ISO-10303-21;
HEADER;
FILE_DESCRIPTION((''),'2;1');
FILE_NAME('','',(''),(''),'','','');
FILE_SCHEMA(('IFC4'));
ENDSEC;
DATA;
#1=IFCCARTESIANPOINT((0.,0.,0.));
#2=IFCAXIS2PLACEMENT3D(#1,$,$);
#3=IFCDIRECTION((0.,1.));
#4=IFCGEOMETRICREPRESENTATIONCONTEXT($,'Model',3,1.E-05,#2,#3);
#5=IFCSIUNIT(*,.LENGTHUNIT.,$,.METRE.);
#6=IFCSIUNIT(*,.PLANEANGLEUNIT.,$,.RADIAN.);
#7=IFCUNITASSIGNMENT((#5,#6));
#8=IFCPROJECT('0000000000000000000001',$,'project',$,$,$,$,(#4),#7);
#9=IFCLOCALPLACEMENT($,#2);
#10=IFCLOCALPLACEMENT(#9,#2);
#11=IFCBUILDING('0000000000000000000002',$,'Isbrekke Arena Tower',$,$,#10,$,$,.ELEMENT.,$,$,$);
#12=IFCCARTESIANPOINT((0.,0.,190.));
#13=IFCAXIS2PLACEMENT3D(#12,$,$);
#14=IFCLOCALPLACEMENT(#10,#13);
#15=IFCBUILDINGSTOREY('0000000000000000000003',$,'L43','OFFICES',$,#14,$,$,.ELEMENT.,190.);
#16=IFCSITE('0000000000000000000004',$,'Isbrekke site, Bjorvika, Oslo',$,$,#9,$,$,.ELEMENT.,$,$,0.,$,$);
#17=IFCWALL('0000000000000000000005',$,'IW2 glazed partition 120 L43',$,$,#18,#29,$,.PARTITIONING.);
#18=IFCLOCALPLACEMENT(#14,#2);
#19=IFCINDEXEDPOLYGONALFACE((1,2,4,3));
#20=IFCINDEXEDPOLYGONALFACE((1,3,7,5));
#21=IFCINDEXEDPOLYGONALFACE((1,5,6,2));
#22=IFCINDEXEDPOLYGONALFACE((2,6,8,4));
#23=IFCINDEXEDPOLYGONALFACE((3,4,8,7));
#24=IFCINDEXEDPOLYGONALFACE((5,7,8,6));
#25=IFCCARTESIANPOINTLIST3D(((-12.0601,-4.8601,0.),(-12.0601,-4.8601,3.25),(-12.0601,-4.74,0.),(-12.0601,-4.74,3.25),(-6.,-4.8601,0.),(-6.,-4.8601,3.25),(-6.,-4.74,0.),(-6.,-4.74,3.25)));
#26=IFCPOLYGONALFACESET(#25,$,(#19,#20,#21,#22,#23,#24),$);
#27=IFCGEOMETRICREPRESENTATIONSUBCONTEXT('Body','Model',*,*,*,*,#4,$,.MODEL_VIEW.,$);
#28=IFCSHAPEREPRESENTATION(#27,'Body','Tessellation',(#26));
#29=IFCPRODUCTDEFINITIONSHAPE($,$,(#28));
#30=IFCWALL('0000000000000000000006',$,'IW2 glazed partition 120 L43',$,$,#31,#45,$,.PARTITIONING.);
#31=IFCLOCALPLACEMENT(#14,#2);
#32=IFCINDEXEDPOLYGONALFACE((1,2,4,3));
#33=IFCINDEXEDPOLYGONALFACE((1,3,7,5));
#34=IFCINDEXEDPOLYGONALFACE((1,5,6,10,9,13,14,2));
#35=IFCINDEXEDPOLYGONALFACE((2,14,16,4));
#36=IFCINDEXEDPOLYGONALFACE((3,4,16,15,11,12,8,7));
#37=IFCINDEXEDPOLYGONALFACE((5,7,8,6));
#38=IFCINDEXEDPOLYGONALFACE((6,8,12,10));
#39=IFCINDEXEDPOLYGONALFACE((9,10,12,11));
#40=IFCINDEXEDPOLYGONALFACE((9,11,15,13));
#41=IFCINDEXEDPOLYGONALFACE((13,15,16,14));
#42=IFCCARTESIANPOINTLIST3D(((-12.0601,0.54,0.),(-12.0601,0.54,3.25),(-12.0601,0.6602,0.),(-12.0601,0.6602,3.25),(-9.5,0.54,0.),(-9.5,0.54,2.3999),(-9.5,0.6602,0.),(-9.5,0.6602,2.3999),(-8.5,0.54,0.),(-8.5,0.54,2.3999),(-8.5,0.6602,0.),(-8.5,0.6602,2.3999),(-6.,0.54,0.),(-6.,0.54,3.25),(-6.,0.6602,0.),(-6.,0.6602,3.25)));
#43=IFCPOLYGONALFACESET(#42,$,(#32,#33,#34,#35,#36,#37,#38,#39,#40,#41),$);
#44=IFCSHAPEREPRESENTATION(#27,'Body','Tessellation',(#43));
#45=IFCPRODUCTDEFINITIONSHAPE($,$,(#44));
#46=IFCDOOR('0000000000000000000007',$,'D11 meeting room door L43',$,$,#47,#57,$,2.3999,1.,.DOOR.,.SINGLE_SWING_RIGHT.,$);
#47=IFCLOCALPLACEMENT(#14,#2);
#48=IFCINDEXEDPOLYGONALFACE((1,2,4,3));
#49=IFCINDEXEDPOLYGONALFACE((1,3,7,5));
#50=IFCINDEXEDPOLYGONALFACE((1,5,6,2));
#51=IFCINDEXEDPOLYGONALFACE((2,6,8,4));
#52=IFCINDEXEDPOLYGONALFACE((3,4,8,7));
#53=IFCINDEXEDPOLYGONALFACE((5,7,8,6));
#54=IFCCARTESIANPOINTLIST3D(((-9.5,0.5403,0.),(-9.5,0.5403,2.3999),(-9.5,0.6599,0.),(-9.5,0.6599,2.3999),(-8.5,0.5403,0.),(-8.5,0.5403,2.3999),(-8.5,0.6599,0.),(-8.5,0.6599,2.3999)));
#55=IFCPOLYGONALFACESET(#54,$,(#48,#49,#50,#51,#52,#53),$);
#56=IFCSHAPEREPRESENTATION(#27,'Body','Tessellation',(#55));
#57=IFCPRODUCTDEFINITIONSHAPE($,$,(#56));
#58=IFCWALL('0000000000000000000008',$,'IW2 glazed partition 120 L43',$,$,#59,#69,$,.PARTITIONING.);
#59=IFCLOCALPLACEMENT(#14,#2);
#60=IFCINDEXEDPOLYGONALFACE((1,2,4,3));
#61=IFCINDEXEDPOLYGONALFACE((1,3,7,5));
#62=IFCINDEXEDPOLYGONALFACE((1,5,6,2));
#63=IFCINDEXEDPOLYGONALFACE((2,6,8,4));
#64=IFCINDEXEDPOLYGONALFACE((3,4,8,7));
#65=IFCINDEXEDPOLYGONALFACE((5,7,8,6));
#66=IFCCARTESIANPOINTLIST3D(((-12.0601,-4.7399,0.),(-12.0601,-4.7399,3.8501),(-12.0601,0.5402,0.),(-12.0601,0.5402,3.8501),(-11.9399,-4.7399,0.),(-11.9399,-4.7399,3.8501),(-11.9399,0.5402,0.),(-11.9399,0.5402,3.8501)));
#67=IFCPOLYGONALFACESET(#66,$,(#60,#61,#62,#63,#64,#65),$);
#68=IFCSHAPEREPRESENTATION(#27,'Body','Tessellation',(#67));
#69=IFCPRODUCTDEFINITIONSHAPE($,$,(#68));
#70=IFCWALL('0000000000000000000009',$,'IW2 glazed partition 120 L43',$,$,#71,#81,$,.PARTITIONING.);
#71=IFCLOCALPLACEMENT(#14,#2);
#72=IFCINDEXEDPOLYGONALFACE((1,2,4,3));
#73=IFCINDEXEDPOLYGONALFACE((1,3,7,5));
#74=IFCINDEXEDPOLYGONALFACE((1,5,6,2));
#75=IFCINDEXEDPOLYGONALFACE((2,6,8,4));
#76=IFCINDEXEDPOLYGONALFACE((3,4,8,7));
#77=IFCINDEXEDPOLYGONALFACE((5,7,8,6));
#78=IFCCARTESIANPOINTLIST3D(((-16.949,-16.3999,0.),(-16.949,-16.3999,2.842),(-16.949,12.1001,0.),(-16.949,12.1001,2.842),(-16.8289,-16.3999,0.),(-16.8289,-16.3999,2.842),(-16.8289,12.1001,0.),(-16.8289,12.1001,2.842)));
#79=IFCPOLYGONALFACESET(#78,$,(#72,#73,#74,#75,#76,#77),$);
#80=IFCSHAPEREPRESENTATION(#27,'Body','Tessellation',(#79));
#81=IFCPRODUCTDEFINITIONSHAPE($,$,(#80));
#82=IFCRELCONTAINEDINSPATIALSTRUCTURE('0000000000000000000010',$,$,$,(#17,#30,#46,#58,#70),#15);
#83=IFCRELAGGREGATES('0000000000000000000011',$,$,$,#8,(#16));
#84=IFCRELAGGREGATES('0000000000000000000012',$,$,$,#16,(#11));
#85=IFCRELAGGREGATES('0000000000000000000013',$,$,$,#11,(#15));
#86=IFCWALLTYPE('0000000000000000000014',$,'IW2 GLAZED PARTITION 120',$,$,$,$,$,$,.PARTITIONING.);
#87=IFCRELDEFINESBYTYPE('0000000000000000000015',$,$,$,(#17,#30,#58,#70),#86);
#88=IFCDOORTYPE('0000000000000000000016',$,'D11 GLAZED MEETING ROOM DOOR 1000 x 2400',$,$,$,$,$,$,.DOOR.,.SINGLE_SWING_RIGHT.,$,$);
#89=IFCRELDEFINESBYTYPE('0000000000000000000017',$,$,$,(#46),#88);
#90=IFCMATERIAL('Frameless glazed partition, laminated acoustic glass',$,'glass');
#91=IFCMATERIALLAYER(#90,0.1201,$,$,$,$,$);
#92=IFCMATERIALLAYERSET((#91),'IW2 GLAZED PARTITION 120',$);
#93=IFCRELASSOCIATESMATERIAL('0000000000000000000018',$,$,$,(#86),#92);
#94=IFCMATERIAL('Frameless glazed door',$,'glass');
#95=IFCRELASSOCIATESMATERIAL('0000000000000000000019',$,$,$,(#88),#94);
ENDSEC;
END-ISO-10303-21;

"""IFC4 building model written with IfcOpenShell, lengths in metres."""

from ifc_helpers import new_model, si_unit, direction, frame, frame_2d, origin, place, context, subcontext, project, spatial, rectangle, extrude, material, layer, layer_set, type_object, element, fill, save


model = new_model("IFC4")

# Units and contexts
model_context = context("Model", 3, precision=1e-05, world=origin(), true_north=direction((0.0, 1.0)))
body_context = subcontext(model_context, "Body", "Model", "MODEL_VIEW")
ifc_project = project(units=[si_unit("LENGTHUNIT", "METRE"), si_unit("PLANEANGLEUNIT", "RADIAN")], contexts=[model_context])

# Site, building, storey
site_placement = place(None, origin())
site = spatial("IfcSite", under=ifc_project, at=site_placement, Name="Isbrekke site, Bjorvika, Oslo", CompositionType="ELEMENT", RefElevation=0.0)
building_placement = place(site_placement, origin())
building = spatial("IfcBuilding", under=site, at=building_placement, Name="Isbrekke Arena Tower", CompositionType="ELEMENT")
storey_placement = place(building_placement, frame((0.0, 0.0, 190.0)))
storey = spatial("IfcBuildingStorey", under=building, at=storey_placement, Name="L43", Description="OFFICES", CompositionType="ELEMENT", Elevation=190.0)

# Wall
ifc_material_1 = material(Name="Frameless glazed partition, laminated acoustic glass", Category="glass")
ifc_layer_1 = layer(ifc_material_1, 0.1201)
ifc_layer_set_1 = layer_set([ifc_layer_1], Name="IW2 GLAZED PARTITION 120")
wall_type = type_object("IfcWallType", Name="IW2 GLAZED PARTITION 120", PredefinedType="PARTITIONING", material=ifc_layer_set_1)
wall_1_placement = place(storey_placement, frame((-12.0601, -4.8, 0.0), z_axis=(0.0, 0.0, 1.0), x_axis=(1.0, 0.0, 0.0)))
element("IfcWall", 1, at=wall_1_placement, inside=storey, type_object=wall_type, Name="IW2 glazed partition 120 L43", PredefinedType="PARTITIONING", context=body_context, shape_type="SweptSolid", body=[
    extrude(rectangle(XDim=6.0601, YDim=0.1201, at=frame_2d((3.03, 0.0))), origin(), (0.0, 0.0, 1.0), 3.25),
])

# Wall, opening, door
wall_2_placement = place(storey_placement, frame((-12.0601, 0.6001, 0.0), z_axis=(0.0, 0.0, 1.0), x_axis=(1.0, 0.0, 0.0)))
wall_2 = element("IfcWall", 2, at=wall_2_placement, inside=storey, type_object=wall_type, Name="IW2 glazed partition 120 L43", PredefinedType="PARTITIONING", context=body_context, shape_type="SweptSolid", body=[
    extrude(rectangle(XDim=6.0601, YDim=0.1201, at=frame_2d((3.03, 0.0))), origin(), (0.0, 0.0, 1.0), 3.25),
])
opening_placement = place(wall_2_placement, frame((2.5601, 0.0, 0.0)))
opening = element("IfcOpeningElement", 3, at=opening_placement, cuts=wall_2, PredefinedType="OPENING", context=body_context, shape_type="SweptSolid", body=[
    extrude(rectangle(XDim=1.0, YDim=2.3999, at=frame_2d((0.5, 1.2))), frame((0.0, 0.075, 0.0), z_axis=(0.0, -1.0, 0.0), x_axis=(1.0, 0.0, 0.0)), (0.0, 0.0, 1.0), 0.1499),
])
ifc_material_2 = material(Name="Frameless glazed door", Category="glass")
door_type = type_object("IfcDoorType", Name="D11 GLAZED MEETING ROOM DOOR 1000 x 2400", OperationType="SINGLE_SWING_RIGHT", PredefinedType="DOOR", material=ifc_material_2)
door_placement = place(opening_placement, origin())
door = element("IfcDoor", 4, at=door_placement, inside=storey, type_object=door_type, Name="D11 meeting room door L43", OperationType="SINGLE_SWING_RIGHT", OverallHeight=2.3999, OverallWidth=1.0, PredefinedType="DOOR", context=body_context, shape_type="SweptSolid", body=[
    extrude(rectangle(XDim=1.0, YDim=2.3999, at=frame_2d((0.5, 1.2))), frame((0.0, 0.0598, 0.0), z_axis=(0.0, -1.0, 0.0), x_axis=(1.0, 0.0, 0.0)), (0.0, 0.0, 1.0), 0.1196),
])
fill(opening, door)

# Walls
wall_3_placement = place(storey_placement, frame((-12.0, -4.74, 0.0), z_axis=(0.0, 0.0, 1.0), x_axis=(0.0, 1.0, 0.0)))
element("IfcWall", 5, at=wall_3_placement, inside=storey, type_object=wall_type, Name="IW2 glazed partition 120 L43", PredefinedType="PARTITIONING", context=body_context, shape_type="SweptSolid", body=[
    extrude(rectangle(XDim=5.28, YDim=0.1201, at=frame_2d((2.6401, 0.0))), origin(), (0.0, 0.0, 1.0), 3.8501),
])
wall_4_placement = place(storey_placement, frame((-16.8889, -16.3999, 0.0), z_axis=(0.0, 0.0, 1.0), x_axis=(0.0, 1.0, 0.0)))
element("IfcWall", 6, at=wall_4_placement, inside=storey, type_object=wall_type, Name="IW2 glazed partition 120 L43", PredefinedType="PARTITIONING", context=body_context, shape_type="SweptSolid", body=[
    extrude(rectangle(XDim=28.5, YDim=0.1201, at=frame_2d((14.25, 0.0))), origin(), (0.0, 0.0, 1.0), 2.842),
])

save(model, "model.ifc")
